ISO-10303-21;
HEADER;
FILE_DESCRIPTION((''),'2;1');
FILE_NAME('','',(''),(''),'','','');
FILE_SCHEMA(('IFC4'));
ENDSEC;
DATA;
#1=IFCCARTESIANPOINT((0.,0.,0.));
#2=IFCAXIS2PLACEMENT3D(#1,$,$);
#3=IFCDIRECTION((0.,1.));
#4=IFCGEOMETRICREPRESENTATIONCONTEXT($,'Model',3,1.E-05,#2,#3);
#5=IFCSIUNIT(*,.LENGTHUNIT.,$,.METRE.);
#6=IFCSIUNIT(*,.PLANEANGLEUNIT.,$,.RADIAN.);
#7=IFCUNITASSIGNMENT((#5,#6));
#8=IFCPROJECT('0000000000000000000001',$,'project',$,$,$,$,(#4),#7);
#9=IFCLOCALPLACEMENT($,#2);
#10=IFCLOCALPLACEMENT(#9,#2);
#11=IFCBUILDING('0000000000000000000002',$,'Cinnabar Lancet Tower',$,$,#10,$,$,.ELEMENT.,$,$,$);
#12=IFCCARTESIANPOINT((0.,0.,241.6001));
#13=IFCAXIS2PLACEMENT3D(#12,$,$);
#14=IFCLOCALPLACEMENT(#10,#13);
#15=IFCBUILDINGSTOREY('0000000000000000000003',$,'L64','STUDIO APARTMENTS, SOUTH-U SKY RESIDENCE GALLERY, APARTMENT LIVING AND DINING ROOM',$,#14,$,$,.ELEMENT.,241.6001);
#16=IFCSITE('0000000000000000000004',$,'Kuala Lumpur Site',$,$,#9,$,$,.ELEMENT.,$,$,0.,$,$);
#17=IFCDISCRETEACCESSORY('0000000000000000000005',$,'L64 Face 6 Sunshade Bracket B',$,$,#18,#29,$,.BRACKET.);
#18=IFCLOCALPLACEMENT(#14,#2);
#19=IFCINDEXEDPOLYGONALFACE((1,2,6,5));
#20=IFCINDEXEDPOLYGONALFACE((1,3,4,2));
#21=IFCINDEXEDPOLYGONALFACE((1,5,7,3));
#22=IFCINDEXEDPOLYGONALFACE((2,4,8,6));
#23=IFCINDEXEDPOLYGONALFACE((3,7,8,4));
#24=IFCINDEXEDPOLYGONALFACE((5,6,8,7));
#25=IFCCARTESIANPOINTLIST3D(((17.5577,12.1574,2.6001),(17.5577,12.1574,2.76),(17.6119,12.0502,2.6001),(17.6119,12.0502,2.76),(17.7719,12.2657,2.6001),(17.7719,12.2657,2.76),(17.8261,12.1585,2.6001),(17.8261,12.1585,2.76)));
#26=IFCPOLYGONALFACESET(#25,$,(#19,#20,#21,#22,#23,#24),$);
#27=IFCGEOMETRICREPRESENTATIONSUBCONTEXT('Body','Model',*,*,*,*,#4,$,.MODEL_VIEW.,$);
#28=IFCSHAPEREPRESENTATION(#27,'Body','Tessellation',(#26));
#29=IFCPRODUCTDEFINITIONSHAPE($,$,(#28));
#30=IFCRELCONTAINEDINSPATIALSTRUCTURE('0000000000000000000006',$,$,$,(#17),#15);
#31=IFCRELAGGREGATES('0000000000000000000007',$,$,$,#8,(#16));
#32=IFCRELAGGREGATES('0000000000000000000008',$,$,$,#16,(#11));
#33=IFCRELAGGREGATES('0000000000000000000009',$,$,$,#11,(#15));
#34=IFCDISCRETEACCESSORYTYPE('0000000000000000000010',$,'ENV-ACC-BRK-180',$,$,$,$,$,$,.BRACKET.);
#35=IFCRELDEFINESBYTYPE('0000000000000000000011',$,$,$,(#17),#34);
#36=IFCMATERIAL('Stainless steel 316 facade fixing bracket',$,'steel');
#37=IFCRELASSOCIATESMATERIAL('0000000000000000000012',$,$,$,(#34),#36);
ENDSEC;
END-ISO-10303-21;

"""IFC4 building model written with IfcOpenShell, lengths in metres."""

from ifc_helpers import new_model, si_unit, direction, frame, origin, origin_2d, place, context, subcontext, project, spatial, rectangle, extrude, material, type_object, element, save


model = new_model("IFC4")

# Units and contexts
model_context = context("Model", 3, precision=1e-05, world=origin(), true_north=direction((0.0, 1.0)))
body_context = subcontext(model_context, "Body", "Model", "MODEL_VIEW")
ifc_project = project(units=[si_unit("LENGTHUNIT", "METRE"), si_unit("PLANEANGLEUNIT", "RADIAN")], contexts=[model_context])

# Site, building, storey
site_placement = place(None, origin())
site = spatial("IfcSite", under=ifc_project, at=site_placement, Name="Kuala Lumpur Site", CompositionType="ELEMENT", RefElevation=0.0)
building_placement = place(site_placement, origin())
building = spatial("IfcBuilding", under=site, at=building_placement, Name="Cinnabar Lancet Tower", CompositionType="ELEMENT")
storey_placement = place(building_placement, frame((0.0, 0.0, 241.6001)))
storey = spatial("IfcBuildingStorey", under=building, at=storey_placement, Name="L64", Description="STUDIO APARTMENTS, SOUTH-U SKY RESIDENCE GALLERY, APARTMENT LIVING AND DINING ROOM", CompositionType="ELEMENT", Elevation=241.6001)

# Discrete accessory
ifc_material_1 = material(Name="Stainless steel 316 facade fixing bracket", Category="steel")
discrete_accessory_type = type_object("IfcDiscreteAccessoryType", Name="ENV-ACC-BRK-180", PredefinedType="BRACKET", material=ifc_material_1)
discrete_accessory_placement = place(storey_placement, frame((17.6919, 12.158, 2.6001), z_axis=(0.0, 0.0, 1.0), x_axis=(0.451376, -0.892334, 0.0)))
element("IfcDiscreteAccessory", 1, at=discrete_accessory_placement, inside=storey, type_object=discrete_accessory_type, Name="L64 Face 6 Sunshade Bracket B", PredefinedType="BRACKET", context=body_context, shape_type="SweptSolid", body=[
    extrude(rectangle(XDim=0.1201, YDim=0.24, at=origin_2d()), origin(), (0.0, 0.0, 1.0), 0.1599),
])

save(model, "model.ifc")
